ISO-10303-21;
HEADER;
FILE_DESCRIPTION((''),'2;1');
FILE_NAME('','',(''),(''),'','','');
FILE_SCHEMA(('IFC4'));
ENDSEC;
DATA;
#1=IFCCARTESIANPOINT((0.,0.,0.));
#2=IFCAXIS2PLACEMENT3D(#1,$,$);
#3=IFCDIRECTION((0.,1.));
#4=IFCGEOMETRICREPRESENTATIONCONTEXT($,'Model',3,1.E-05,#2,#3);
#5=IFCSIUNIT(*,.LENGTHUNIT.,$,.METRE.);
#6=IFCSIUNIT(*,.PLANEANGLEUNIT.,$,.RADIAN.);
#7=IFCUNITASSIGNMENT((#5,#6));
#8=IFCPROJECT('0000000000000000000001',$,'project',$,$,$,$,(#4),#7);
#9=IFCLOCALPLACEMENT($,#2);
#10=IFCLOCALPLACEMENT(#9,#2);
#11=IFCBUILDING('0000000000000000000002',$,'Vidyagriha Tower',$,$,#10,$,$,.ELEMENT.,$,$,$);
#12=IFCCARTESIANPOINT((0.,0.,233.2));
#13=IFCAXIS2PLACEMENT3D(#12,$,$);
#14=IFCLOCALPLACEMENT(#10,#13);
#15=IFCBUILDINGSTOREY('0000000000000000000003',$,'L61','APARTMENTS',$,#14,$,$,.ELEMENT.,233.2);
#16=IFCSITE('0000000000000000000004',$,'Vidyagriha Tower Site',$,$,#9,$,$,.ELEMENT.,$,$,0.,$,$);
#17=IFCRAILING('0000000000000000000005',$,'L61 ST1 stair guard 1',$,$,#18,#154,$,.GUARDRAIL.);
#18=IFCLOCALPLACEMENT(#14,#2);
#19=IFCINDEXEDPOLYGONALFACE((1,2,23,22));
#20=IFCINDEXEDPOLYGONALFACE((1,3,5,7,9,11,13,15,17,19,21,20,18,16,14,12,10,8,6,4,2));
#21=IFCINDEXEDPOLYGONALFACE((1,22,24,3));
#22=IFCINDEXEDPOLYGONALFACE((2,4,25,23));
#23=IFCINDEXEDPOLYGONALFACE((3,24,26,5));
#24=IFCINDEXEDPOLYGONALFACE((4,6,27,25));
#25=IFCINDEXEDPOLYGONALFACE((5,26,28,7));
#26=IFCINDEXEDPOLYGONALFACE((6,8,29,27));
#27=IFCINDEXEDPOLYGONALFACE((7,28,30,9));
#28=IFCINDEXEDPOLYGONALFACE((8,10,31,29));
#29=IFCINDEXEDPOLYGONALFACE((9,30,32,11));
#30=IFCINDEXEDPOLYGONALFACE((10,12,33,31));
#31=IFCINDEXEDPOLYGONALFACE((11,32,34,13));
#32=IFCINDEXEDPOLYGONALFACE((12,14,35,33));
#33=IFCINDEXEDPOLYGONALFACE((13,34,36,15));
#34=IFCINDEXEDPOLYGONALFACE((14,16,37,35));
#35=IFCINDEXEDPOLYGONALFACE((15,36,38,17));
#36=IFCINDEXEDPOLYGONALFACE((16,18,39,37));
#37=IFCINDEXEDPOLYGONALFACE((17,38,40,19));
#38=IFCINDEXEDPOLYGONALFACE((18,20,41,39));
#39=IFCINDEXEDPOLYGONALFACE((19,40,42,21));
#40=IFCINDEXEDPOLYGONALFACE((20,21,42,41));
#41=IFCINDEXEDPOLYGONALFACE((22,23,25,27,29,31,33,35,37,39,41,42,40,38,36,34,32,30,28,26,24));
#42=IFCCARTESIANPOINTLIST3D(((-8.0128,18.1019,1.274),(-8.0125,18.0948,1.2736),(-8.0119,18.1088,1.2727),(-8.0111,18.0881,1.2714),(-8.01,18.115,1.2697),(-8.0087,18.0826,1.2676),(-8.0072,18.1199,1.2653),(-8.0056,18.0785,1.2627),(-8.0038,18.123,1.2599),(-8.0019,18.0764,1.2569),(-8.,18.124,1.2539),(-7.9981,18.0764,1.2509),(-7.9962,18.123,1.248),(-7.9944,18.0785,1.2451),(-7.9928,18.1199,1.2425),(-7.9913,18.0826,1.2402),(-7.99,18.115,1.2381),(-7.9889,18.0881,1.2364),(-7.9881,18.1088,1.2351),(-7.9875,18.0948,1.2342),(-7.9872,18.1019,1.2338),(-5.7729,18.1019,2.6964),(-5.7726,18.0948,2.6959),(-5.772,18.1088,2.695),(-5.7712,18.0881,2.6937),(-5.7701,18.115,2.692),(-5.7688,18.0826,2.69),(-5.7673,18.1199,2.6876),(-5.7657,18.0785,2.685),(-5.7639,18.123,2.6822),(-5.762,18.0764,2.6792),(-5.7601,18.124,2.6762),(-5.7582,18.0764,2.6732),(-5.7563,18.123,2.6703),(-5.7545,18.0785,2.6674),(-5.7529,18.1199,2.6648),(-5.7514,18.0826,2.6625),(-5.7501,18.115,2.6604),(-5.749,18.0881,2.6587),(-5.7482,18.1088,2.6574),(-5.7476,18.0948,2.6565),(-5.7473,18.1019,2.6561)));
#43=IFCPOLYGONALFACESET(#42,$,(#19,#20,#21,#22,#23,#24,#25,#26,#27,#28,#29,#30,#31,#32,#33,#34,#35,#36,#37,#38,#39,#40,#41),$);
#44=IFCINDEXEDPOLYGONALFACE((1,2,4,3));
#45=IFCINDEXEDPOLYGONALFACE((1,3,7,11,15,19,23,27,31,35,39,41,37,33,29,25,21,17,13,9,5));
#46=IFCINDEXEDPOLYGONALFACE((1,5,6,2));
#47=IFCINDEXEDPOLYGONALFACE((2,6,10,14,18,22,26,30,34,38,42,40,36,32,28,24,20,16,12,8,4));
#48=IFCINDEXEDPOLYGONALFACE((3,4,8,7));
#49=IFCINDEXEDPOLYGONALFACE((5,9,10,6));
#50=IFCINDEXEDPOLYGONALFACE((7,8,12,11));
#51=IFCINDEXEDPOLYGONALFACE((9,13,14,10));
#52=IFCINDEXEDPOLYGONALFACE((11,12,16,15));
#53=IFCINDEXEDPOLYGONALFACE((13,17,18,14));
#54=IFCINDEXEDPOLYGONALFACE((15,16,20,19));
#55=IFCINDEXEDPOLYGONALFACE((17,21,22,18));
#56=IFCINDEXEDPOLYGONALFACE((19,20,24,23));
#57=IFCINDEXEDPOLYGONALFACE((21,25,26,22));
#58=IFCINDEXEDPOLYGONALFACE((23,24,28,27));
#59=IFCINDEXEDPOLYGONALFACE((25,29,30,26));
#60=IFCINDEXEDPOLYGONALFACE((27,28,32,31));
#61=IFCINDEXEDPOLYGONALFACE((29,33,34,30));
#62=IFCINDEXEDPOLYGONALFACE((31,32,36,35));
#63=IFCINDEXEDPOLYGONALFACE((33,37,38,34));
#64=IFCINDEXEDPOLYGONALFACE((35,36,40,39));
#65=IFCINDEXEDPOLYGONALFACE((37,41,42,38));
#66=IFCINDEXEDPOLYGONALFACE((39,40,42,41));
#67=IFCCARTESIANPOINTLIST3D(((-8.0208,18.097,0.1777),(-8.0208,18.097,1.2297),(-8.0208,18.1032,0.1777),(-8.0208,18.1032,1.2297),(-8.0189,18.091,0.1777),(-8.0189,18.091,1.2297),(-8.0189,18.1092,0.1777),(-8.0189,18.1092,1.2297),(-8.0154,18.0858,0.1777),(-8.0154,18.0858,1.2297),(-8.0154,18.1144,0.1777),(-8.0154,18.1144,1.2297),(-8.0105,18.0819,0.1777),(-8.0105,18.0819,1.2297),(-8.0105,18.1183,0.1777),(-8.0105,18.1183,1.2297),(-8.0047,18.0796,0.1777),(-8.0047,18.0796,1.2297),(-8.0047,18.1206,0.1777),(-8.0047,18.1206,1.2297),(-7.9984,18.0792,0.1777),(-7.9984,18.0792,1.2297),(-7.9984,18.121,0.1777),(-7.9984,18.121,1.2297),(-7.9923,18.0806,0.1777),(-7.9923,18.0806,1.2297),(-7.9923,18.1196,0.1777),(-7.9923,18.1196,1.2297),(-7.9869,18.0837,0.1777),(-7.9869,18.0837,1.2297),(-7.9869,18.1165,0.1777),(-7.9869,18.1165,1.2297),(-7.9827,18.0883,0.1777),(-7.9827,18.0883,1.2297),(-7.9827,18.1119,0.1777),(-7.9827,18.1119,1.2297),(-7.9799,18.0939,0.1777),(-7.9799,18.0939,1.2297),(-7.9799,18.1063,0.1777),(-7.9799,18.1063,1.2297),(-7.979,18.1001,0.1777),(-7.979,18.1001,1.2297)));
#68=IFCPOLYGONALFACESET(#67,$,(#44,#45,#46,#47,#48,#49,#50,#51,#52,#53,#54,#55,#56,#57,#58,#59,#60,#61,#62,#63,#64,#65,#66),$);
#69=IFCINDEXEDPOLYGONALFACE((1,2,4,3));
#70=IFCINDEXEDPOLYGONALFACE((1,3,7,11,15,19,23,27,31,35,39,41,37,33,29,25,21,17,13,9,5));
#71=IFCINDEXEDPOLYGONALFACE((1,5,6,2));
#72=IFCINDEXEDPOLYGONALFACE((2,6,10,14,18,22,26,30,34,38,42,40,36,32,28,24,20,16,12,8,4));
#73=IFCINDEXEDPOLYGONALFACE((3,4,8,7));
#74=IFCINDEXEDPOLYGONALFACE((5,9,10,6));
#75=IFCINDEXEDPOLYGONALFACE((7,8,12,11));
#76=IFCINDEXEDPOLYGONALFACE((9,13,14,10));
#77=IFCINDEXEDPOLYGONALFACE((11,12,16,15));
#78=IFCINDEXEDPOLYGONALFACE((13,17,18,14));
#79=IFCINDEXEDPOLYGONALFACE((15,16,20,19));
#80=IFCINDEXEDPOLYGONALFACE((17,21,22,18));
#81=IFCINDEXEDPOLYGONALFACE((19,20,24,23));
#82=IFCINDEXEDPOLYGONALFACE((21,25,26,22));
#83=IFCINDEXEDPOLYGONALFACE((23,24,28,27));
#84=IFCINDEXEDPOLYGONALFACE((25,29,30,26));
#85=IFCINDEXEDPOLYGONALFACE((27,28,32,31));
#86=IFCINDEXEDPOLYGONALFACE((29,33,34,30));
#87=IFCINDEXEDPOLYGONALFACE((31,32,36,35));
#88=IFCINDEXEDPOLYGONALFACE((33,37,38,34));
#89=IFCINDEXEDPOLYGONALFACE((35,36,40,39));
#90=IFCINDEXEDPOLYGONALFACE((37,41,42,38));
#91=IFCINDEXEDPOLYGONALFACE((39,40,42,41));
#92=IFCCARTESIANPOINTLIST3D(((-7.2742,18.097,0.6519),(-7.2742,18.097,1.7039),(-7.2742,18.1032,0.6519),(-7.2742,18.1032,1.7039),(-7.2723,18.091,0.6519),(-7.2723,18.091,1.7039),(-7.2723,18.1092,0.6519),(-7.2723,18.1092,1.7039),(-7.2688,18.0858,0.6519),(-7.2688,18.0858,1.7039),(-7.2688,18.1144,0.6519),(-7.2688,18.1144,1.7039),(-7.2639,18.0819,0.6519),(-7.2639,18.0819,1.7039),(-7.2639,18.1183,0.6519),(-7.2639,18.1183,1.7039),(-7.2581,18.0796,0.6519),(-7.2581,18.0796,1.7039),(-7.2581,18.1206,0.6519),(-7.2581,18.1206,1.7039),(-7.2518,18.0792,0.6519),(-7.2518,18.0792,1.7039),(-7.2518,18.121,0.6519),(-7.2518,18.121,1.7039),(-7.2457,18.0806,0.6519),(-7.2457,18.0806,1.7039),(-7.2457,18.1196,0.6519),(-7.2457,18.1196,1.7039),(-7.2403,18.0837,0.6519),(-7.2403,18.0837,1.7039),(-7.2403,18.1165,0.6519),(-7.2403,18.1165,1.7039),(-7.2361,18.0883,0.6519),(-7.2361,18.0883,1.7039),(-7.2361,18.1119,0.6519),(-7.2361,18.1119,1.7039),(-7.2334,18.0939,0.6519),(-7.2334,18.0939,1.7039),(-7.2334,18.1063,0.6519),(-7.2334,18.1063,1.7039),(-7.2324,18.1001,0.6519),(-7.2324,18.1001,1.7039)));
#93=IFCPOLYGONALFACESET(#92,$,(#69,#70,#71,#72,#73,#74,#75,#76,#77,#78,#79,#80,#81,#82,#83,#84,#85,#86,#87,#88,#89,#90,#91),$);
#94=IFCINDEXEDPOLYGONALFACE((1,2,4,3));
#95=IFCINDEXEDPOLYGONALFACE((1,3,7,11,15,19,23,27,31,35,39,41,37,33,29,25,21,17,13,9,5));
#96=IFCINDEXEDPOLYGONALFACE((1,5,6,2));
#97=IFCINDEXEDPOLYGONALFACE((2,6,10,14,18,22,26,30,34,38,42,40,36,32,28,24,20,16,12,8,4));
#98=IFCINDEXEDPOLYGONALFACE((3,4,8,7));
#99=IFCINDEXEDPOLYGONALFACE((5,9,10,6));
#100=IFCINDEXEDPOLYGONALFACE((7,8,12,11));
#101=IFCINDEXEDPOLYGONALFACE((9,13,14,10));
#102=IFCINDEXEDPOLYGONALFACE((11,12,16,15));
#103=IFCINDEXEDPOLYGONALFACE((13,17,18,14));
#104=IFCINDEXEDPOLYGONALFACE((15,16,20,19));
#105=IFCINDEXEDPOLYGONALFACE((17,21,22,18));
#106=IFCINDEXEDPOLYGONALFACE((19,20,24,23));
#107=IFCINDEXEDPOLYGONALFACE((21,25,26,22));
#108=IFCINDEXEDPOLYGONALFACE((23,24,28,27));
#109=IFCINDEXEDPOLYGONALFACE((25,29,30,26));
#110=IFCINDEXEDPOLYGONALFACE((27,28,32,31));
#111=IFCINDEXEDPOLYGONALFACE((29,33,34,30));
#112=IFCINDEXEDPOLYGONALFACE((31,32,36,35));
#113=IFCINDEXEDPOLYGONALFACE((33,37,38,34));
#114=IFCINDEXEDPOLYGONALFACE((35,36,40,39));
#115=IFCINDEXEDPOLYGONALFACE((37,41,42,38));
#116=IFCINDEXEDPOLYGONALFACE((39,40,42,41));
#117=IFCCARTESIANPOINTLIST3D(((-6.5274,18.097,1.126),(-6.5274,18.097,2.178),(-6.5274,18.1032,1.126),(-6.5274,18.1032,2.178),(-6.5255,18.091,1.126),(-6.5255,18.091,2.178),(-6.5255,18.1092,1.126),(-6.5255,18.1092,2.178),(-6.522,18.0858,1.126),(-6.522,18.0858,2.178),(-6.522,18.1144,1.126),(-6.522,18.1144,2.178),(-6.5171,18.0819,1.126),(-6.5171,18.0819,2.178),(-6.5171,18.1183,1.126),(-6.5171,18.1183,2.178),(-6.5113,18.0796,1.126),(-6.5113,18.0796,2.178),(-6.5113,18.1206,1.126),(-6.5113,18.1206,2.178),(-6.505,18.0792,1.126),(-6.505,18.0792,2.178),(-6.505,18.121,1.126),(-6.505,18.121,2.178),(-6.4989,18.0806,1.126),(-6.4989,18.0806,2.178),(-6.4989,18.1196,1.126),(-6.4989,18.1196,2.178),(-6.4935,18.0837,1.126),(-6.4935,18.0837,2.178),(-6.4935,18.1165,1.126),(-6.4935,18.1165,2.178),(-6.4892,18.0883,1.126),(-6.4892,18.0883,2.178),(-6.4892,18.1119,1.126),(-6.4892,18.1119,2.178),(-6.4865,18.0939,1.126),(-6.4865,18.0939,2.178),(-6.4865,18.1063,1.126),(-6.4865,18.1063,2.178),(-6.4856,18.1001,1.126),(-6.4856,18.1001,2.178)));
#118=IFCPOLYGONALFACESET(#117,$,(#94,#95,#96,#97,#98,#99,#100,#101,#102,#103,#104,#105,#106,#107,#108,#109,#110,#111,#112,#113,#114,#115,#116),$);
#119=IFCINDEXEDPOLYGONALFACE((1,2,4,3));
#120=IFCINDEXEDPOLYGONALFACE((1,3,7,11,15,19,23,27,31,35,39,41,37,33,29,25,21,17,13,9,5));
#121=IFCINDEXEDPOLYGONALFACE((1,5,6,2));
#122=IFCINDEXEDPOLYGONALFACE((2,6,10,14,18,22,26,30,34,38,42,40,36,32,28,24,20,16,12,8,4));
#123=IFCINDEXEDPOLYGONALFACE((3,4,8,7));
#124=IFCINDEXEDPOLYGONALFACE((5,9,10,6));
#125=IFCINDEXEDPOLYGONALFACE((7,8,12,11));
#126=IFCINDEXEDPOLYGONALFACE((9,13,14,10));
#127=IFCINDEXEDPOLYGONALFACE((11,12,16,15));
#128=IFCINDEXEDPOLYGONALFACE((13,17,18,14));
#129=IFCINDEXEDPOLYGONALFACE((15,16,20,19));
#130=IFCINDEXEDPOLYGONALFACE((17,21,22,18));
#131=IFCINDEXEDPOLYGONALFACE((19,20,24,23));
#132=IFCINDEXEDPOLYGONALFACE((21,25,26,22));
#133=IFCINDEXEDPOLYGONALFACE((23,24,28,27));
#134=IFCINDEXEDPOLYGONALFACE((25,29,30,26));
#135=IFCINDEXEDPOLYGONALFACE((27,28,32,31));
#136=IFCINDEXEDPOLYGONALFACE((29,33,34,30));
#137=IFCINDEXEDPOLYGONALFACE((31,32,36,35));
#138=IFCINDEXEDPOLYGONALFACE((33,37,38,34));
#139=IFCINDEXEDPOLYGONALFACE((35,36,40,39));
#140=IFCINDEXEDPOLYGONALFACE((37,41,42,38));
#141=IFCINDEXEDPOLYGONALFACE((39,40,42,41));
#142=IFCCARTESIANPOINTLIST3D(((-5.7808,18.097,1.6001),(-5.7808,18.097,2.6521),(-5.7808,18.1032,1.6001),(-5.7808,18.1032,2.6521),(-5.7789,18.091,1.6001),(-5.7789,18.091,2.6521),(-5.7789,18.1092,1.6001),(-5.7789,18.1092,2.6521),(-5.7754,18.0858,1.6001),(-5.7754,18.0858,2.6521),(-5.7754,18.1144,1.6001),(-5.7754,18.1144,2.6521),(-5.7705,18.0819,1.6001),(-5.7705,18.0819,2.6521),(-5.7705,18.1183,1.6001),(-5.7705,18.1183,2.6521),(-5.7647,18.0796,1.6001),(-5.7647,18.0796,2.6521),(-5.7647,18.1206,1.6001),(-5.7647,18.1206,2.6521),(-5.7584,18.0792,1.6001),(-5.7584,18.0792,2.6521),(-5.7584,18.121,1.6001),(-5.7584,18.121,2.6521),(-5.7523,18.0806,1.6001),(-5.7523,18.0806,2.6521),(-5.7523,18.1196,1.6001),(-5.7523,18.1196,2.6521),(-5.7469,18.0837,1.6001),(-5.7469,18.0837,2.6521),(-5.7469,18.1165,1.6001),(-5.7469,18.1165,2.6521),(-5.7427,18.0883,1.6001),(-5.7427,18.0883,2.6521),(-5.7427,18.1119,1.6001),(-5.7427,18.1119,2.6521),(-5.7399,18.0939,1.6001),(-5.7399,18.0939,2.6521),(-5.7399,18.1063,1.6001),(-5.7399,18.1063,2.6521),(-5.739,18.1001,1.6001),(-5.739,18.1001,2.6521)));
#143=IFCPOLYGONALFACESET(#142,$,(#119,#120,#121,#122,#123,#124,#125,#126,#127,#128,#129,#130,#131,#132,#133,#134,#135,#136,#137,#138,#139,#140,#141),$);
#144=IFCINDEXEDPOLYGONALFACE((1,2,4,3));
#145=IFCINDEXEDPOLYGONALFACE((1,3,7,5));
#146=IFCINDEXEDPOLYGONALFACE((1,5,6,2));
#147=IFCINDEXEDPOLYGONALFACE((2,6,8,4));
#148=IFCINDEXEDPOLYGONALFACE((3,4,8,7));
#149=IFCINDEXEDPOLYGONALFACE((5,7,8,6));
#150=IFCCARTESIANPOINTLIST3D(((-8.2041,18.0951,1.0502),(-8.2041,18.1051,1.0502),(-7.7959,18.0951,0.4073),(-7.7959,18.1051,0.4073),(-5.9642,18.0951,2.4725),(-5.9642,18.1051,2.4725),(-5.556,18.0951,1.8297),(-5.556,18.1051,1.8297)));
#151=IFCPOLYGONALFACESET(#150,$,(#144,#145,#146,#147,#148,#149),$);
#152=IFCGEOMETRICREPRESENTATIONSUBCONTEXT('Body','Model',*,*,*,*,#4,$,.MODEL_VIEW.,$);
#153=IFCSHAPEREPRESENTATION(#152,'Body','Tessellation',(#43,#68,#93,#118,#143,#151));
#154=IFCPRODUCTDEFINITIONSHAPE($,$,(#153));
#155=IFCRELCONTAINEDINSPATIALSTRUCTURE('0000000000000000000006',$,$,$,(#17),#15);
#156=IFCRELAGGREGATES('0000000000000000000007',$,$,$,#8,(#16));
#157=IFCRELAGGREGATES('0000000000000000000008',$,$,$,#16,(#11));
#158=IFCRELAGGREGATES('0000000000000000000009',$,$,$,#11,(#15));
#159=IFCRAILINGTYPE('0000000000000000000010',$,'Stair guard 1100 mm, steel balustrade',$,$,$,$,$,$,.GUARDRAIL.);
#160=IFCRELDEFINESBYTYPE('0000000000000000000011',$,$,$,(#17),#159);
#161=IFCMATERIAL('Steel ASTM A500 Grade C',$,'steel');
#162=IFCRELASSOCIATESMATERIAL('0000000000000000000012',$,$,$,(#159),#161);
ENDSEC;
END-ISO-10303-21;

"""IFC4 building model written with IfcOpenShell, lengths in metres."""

from ifc_helpers import new_model, si_unit, direction, frame, origin, origin_2d, place, context, subcontext, project, spatial, rectangle, circle, extrude, material, type_object, element, save


model = new_model("IFC4")

# Units and contexts
model_context = context("Model", 3, precision=1e-05, world=origin(), true_north=direction((0.0, 1.0)))
body_context = subcontext(model_context, "Body", "Model", "MODEL_VIEW")
ifc_project = project(units=[si_unit("LENGTHUNIT", "METRE"), si_unit("PLANEANGLEUNIT", "RADIAN")], contexts=[model_context])

# Site, building, storey
site_placement = place(None, origin())
site = spatial("IfcSite", under=ifc_project, at=site_placement, Name="Vidyagriha Tower Site", CompositionType="ELEMENT", RefElevation=0.0)
building_placement = place(site_placement, origin())
building = spatial("IfcBuilding", under=site, at=building_placement, Name="Vidyagriha Tower", CompositionType="ELEMENT")
storey_placement = place(building_placement, frame((0.0, 0.0, 233.2)))
storey = spatial("IfcBuildingStorey", under=building, at=storey_placement, Name="L61", Description="APARTMENTS", CompositionType="ELEMENT", Elevation=233.2)

# Railing
ifc_material_1 = material(Name="Steel ASTM A500 Grade C", Category="steel")
railing_type_1 = type_object("IfcRailingType", Name="Stair guard 1100 mm, steel balustrade", PredefinedType="GUARDRAIL", material=ifc_material_1)
railing_1_placement = place(storey_placement, frame((-8.0, 18.1001, 0.1777)))
element("IfcRailing", 1, at=railing_1_placement, inside=storey, type_object=railing_type_1, Name="L61 ST1 stair guard 1", PredefinedType="GUARDRAIL", context=body_context, shape_type="SweptSolid", body=[
    extrude(circle(Radius=0.0239, at=origin_2d()), frame((0.0, 0.0, 1.0762), z_axis=(0.844188, 0.0, 0.536048), x_axis=(0.0, 1.0, 0.0)), (0.0, 0.0, 1.0), 2.6533),
    extrude(circle(Radius=0.021, at=origin_2d()), origin(), (0.0, 0.0, 1.0), 1.052),
    extrude(circle(Radius=0.021, at=origin_2d()), frame((0.7466, 0.0, 0.4741)), (0.0, 0.0, 1.0), 1.052),
    extrude(circle(Radius=0.021, at=origin_2d()), frame((1.4934, 0.0, 0.9482)), (0.0, 0.0, 1.0), 1.052),
    extrude(circle(Radius=0.021, at=origin_2d()), frame((2.24, 0.0, 1.4224)), (0.0, 0.0, 1.0), 1.052),
    extrude(rectangle(XDim=0.01, YDim=0.7615, at=origin_2d()), frame((0.0, 0.0, 0.551), z_axis=(0.844188, 0.0, 0.536048), x_axis=(0.0, 1.0, 0.0)), (0.0, 0.0, 1.0), 2.6533),
])

save(model, "model.ifc")
